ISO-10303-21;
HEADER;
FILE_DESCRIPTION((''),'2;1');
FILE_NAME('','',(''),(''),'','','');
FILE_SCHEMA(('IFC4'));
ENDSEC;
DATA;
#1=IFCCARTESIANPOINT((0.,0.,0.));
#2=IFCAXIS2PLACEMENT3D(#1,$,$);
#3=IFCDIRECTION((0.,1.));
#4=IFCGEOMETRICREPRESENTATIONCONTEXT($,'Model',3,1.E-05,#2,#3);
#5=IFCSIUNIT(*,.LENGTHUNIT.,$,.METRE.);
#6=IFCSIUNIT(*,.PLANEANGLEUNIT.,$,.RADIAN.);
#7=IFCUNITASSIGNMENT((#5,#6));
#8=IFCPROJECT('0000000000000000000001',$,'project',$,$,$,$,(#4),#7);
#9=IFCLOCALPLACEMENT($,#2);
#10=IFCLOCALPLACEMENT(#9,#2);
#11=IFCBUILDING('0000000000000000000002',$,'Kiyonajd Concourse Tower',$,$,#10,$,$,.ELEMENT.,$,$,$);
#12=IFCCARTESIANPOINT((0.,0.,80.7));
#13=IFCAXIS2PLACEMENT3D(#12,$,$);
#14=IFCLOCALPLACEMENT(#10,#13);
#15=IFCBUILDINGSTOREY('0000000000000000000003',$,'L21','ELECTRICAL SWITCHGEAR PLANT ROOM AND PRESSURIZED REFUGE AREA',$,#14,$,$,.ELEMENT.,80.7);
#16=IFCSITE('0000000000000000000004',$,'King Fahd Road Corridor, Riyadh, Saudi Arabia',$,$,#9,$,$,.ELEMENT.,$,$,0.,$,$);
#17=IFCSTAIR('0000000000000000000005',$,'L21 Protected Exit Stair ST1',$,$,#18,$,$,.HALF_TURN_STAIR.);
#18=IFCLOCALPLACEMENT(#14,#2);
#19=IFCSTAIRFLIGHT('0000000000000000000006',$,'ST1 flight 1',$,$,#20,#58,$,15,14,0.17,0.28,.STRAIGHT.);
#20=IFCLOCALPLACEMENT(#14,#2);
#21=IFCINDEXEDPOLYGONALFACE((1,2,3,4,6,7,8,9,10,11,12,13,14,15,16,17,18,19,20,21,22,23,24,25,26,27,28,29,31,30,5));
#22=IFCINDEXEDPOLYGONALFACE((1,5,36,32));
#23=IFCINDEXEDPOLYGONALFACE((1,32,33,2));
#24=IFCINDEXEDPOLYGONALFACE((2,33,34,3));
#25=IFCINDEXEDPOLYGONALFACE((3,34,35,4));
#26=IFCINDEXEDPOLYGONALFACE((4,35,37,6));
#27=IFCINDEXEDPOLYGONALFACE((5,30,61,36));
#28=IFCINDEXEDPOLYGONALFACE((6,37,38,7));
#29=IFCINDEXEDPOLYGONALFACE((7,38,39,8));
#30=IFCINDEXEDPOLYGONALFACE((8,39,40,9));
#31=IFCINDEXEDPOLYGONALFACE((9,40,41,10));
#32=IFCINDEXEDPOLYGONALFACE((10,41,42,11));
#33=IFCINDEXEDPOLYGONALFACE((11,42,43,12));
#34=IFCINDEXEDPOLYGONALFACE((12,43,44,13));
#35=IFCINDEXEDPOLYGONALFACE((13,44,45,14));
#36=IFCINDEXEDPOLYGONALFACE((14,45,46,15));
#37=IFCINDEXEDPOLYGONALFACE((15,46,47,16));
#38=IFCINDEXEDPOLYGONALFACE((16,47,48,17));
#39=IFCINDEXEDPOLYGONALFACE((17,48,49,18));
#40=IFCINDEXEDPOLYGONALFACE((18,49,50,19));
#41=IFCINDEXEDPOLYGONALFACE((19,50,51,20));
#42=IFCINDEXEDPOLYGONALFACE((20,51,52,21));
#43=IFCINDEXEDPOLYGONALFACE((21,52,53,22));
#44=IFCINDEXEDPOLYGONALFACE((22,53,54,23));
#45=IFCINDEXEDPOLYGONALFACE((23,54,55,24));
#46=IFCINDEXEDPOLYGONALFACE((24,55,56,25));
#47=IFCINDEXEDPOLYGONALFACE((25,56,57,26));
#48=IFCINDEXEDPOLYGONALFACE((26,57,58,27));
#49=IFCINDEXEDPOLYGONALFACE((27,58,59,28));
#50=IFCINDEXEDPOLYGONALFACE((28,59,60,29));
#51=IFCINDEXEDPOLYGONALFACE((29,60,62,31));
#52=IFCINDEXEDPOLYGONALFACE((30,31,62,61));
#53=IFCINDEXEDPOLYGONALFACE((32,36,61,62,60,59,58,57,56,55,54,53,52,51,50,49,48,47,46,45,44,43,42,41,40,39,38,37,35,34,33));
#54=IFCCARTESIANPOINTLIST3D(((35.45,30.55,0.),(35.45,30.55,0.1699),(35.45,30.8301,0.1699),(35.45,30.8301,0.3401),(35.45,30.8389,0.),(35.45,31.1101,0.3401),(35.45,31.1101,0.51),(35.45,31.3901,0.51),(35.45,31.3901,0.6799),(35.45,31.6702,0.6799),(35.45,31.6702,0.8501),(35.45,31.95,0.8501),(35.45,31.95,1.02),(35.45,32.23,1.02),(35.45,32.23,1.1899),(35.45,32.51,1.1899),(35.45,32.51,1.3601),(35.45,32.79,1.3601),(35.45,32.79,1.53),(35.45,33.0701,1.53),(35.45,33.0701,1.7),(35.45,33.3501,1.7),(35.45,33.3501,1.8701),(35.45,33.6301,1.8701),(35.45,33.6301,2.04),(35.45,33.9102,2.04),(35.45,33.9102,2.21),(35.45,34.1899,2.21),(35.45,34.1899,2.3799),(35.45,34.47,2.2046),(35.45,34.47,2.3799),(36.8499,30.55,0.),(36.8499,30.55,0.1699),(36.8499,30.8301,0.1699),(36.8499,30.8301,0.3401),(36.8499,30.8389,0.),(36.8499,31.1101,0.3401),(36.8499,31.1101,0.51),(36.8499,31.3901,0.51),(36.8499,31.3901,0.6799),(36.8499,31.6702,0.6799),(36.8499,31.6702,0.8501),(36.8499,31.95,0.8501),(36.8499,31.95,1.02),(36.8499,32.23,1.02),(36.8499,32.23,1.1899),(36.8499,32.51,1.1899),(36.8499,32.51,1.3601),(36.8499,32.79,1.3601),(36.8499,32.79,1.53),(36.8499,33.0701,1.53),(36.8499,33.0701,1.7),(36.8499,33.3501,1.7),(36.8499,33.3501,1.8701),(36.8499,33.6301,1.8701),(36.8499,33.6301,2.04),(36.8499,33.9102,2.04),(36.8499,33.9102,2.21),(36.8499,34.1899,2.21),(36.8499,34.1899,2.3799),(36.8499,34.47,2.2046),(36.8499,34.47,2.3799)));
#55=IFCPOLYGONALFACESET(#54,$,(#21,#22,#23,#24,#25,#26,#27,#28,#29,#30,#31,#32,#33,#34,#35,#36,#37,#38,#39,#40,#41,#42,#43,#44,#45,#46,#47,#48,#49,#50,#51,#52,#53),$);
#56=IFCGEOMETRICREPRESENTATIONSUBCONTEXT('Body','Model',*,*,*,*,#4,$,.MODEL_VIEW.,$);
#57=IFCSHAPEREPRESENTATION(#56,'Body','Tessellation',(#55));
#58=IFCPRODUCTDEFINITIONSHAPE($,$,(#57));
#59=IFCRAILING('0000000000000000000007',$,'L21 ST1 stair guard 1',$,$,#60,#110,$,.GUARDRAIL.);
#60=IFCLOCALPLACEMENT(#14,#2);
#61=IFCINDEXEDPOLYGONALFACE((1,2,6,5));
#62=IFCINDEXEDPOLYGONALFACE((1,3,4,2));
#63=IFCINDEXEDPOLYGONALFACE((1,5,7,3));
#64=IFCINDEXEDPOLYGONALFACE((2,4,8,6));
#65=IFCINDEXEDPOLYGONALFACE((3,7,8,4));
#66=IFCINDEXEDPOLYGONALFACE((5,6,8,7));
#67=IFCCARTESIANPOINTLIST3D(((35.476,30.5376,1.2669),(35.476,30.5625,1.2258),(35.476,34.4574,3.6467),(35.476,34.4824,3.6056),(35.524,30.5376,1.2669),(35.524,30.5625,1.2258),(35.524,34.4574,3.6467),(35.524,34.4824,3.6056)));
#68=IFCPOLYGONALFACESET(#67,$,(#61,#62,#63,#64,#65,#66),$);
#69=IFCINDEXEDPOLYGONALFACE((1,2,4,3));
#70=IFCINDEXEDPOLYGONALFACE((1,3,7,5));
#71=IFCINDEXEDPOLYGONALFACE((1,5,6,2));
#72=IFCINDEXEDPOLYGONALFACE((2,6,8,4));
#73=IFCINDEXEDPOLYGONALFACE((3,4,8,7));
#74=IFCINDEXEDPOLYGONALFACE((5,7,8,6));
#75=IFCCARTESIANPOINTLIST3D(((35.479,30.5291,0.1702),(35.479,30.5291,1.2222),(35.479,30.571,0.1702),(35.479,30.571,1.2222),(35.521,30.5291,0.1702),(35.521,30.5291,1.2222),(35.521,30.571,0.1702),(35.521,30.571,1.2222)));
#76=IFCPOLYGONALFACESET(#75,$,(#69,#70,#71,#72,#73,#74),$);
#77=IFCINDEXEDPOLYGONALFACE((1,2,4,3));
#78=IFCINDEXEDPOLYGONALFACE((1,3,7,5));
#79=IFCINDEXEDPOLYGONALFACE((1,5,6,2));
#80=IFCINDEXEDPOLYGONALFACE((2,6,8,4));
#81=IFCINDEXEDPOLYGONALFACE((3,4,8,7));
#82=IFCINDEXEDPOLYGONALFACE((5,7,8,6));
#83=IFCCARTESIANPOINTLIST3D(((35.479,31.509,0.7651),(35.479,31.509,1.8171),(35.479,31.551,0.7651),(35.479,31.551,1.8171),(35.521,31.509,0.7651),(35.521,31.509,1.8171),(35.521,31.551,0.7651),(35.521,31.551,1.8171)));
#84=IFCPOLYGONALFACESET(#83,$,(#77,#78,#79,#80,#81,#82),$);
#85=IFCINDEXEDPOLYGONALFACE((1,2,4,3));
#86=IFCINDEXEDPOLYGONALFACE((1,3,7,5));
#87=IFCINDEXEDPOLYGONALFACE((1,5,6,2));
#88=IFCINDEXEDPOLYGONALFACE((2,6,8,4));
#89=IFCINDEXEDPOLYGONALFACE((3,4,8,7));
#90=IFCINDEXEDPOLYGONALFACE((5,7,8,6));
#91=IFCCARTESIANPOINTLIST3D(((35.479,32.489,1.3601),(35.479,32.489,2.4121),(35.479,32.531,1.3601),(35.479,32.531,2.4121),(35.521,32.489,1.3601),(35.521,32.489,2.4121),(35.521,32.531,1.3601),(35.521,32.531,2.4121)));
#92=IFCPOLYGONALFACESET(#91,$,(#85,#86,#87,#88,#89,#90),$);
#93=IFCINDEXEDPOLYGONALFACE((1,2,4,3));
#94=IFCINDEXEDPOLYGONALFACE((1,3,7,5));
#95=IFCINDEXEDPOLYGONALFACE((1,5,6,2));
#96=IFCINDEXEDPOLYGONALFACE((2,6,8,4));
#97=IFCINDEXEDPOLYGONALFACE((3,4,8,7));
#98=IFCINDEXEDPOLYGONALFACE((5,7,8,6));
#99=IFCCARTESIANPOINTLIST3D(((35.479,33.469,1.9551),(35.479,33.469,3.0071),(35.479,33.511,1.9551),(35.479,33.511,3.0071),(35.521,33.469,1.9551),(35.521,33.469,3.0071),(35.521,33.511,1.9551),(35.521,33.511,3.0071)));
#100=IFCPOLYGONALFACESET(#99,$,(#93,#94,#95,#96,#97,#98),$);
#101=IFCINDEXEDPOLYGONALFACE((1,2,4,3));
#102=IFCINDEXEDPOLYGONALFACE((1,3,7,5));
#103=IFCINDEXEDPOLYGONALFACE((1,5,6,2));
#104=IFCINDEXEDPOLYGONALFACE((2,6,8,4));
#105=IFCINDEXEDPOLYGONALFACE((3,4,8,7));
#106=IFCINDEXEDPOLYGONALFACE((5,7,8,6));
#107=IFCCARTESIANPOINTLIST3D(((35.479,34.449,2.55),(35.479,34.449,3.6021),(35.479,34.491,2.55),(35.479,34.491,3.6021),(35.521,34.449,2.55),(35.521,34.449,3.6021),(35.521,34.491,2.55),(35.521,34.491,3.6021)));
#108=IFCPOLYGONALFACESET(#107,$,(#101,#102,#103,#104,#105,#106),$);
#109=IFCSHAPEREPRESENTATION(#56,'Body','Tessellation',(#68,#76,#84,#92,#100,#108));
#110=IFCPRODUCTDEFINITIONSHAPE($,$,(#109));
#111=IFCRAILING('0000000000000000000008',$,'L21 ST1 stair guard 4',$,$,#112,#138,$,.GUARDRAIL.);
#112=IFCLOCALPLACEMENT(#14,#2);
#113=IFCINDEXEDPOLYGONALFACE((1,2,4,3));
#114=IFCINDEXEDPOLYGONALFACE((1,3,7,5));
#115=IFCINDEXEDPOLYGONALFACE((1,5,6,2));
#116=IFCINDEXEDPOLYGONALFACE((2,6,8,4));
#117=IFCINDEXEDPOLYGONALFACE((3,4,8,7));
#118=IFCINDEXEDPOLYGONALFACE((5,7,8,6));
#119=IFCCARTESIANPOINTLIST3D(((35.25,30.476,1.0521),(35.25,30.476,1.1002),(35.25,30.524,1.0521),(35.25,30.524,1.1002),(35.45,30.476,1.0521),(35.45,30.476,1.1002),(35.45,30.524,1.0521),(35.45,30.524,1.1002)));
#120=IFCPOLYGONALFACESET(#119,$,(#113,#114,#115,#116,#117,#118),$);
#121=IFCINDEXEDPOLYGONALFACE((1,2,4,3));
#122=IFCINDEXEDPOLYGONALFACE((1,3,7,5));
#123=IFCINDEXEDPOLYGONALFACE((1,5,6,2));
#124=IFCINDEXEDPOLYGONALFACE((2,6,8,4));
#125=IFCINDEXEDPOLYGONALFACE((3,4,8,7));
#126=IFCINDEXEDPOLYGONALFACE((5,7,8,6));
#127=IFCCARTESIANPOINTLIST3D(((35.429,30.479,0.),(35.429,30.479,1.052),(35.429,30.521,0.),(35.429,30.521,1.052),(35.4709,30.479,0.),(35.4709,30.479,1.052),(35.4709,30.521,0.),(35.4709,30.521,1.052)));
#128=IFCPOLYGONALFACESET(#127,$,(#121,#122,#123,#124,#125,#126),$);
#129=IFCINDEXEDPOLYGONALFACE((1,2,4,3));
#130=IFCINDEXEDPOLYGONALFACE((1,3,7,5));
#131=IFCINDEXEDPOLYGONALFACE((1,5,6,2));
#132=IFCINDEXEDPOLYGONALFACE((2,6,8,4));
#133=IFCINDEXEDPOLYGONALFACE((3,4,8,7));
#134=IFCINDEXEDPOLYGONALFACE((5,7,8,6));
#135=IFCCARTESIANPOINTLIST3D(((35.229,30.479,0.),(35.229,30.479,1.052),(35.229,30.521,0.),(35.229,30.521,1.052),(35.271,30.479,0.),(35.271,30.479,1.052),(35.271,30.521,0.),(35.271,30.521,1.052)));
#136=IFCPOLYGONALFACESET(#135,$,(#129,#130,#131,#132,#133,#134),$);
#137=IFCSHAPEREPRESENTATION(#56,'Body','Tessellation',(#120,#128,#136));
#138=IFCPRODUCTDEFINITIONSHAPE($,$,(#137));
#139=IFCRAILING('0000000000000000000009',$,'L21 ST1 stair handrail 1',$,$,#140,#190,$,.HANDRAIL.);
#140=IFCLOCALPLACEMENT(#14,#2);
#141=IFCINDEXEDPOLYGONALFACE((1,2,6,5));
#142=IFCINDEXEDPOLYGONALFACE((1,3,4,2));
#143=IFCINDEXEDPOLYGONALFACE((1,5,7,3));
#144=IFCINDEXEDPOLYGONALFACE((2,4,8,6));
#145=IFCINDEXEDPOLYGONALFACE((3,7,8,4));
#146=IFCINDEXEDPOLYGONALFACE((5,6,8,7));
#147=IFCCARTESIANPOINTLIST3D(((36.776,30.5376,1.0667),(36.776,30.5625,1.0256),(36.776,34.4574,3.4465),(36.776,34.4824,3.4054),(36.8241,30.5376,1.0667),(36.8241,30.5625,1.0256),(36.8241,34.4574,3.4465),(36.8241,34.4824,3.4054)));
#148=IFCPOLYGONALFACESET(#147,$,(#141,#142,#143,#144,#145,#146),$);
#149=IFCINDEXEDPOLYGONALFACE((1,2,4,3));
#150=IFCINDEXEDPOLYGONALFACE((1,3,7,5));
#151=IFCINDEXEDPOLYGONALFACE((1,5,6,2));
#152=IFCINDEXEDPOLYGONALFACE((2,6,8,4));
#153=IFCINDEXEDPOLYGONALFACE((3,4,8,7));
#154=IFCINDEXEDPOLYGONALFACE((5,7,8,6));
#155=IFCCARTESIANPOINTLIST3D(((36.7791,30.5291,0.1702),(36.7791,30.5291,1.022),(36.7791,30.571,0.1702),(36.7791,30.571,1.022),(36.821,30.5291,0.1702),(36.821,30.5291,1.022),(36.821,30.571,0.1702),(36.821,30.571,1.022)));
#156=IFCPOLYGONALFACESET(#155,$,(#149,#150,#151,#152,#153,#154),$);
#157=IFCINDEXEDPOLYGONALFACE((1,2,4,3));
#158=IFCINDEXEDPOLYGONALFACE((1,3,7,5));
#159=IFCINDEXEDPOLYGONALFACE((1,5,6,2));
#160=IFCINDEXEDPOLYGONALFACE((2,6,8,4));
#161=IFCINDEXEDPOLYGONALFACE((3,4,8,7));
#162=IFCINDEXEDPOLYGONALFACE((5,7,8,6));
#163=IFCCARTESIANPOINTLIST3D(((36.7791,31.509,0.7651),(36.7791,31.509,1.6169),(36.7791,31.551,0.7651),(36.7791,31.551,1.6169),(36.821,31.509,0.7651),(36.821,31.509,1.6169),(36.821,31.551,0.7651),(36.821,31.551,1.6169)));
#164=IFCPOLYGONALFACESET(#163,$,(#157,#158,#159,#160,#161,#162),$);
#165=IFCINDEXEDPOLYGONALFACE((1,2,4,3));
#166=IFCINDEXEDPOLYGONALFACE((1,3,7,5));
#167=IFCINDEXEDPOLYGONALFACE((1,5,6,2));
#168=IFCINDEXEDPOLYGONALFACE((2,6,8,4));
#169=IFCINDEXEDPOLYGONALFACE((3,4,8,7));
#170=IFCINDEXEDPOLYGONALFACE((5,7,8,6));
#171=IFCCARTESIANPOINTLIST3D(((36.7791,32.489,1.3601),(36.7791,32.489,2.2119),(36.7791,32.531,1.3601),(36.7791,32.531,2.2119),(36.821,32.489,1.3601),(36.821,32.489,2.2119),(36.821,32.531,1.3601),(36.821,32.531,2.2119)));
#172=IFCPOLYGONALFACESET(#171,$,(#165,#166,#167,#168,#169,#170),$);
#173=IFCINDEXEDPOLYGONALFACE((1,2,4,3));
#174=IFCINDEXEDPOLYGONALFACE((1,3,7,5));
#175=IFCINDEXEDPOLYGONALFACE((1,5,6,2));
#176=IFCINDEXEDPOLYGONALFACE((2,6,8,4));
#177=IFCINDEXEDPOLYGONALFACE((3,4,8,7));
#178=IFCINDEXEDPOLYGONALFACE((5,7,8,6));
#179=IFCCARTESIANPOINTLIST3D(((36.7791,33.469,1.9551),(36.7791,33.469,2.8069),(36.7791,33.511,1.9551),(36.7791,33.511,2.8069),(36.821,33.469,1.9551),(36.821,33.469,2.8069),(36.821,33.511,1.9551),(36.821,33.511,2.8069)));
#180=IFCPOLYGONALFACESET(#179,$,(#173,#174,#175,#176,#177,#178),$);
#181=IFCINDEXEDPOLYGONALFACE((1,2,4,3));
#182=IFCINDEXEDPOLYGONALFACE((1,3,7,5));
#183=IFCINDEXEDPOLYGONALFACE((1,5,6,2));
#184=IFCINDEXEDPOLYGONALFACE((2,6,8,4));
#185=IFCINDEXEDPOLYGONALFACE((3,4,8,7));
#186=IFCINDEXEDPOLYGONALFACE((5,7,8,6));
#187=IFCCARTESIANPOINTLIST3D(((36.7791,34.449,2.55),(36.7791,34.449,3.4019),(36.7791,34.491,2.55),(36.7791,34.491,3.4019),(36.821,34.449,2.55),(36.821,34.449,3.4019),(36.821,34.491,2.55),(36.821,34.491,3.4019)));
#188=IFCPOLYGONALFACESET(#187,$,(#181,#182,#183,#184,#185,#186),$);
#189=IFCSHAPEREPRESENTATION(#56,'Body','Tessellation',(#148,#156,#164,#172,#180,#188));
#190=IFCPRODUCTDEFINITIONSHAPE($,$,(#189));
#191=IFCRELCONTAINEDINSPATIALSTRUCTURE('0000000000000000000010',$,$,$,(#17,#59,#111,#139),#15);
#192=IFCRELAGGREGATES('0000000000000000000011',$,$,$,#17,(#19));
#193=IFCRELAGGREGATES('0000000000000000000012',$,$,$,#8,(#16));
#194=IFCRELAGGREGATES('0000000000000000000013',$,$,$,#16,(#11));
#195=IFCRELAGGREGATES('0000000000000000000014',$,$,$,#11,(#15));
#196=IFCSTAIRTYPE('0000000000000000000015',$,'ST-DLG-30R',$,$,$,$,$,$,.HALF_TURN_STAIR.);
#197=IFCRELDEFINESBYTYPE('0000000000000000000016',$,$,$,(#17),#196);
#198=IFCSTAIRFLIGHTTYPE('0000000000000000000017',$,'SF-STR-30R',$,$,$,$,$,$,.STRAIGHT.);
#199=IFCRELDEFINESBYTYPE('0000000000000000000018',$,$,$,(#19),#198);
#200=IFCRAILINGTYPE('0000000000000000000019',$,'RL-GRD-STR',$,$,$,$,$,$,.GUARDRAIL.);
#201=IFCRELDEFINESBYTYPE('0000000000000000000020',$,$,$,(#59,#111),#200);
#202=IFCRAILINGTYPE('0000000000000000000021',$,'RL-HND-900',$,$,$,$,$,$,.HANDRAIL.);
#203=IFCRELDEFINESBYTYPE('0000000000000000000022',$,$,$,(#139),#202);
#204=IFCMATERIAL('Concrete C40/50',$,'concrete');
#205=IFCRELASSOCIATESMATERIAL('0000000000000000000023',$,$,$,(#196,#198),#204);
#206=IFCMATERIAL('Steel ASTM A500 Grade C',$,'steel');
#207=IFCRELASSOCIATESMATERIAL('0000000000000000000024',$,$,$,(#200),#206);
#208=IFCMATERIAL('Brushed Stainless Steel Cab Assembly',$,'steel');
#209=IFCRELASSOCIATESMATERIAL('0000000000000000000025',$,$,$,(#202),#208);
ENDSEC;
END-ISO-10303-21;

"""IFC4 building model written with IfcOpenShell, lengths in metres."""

from ifc_helpers import new_model, si_unit, direction, frame, origin, origin_2d, place, context, subcontext, project, spatial, polyline, rectangle, outline, extrude, material, type_object, element, aggregate, save


model = new_model("IFC4")

# Units and contexts
model_context = context("Model", 3, precision=1e-05, world=origin(), true_north=direction((0.0, 1.0)))
body_context = subcontext(model_context, "Body", "Model", "MODEL_VIEW")
ifc_project = project(units=[si_unit("LENGTHUNIT", "METRE"), si_unit("PLANEANGLEUNIT", "RADIAN")], contexts=[model_context])

# Site, building, storey
site_placement = place(None, origin())
site = spatial("IfcSite", under=ifc_project, at=site_placement, Name="King Fahd Road Corridor, Riyadh, Saudi Arabia", CompositionType="ELEMENT", RefElevation=0.0)
building_placement = place(site_placement, origin())
building = spatial("IfcBuilding", under=site, at=building_placement, Name="Kiyonajd Concourse Tower", CompositionType="ELEMENT")
storey_placement = place(building_placement, frame((0.0, 0.0, 80.7)))
storey = spatial("IfcBuildingStorey", under=building, at=storey_placement, Name="L21", Description="ELECTRICAL SWITCHGEAR PLANT ROOM AND PRESSURIZED REFUGE AREA", CompositionType="ELEMENT", Elevation=80.7)

# Shared definitions
ifc_material_1 = material(Name="Brushed Stainless Steel Cab Assembly", Category="steel")

# Stair, stair flight
ifc_material_2 = material(Name="Concrete C40/50", Category="concrete")
stair_type = type_object("IfcStairType", Name="ST-DLG-30R", PredefinedType="HALF_TURN_STAIR", material=ifc_material_2)
stair_placement = place(storey_placement, origin())
stair = element("IfcStair", 1, at=stair_placement, inside=storey, type_object=stair_type, Name="L21 Protected Exit Stair ST1", PredefinedType="HALF_TURN_STAIR")
stair_flight_type = type_object("IfcStairFlightType", Name="SF-STR-30R", PredefinedType="STRAIGHT", material=ifc_material_2)
stair_flight_placement = place(storey_placement, frame((36.1499, 30.55, 0.0), z_axis=(0.0, 0.0, 1.0), x_axis=(0.0, 1.0, 0.0)))
stair_flight = element("IfcStairFlight", 2, at=stair_flight_placement, type_object=stair_flight_type, Name="ST1 flight 1", NumberOfRisers=15, NumberOfTreads=14, PredefinedType="STRAIGHT", RiserHeight=0.17, TreadLength=0.28, context=body_context, shape_type="SweptSolid", body=[
    extrude(outline(polyline([(0.0, 0.0), (0.0, 0.1699), (0.28, 0.1699), (0.28, 0.3401), (0.5601, 0.3401), (0.5601, 0.51), (0.8401, 0.51), (0.8401, 0.6799), (1.1201, 0.6799), (1.1201, 0.8501), (1.3999, 0.8501), (1.3999, 1.02), (1.6799, 1.02), (1.6799, 1.1899), (1.96, 1.1899), (1.96, 1.3601), (2.24, 1.3601), (2.24, 1.53), (2.52, 1.53), (2.52, 1.7), (2.8, 1.7), (2.8, 1.8701), (3.0801, 1.8701), (3.0801, 2.04), (3.3601, 2.04), (3.3601, 2.21), (3.6399, 2.21), (3.6399, 2.3799), (3.9199, 2.3799), (3.9199, 2.55), (3.9199, 2.2046), (0.2888, 0.0), (0.0, 0.0)])), frame((0.0, 0.7, 0.0), z_axis=(0.0, -1.0, 0.0), x_axis=(1.0, 0.0, 0.0)), (0.0, 0.0, 1.0), 1.3999),
])
aggregate(stair, [stair_flight])

# Railings
ifc_material_3 = material(Name="Steel ASTM A500 Grade C", Category="steel")
railing_type_1 = type_object("IfcRailingType", Name="RL-GRD-STR", PredefinedType="GUARDRAIL", material=ifc_material_3)
railing_1_placement = place(storey_placement, frame((35.5, 30.55, 0.1702)))
element("IfcRailing", 3, at=railing_1_placement, inside=storey, type_object=railing_type_1, Name="L21 ST1 stair guard 1", PredefinedType="GUARDRAIL", context=body_context, shape_type="SweptSolid", body=[
    extrude(rectangle(XDim=0.0481, YDim=0.0481, at=origin_2d()), frame((0.0, 0.0, 1.0762), z_axis=(0.0, 0.854794, 0.518967), x_axis=(-1.0, 0.0, 0.0)), (0.0, 0.0, 1.0), 4.5857),
    extrude(rectangle(XDim=0.042, YDim=0.042, at=origin_2d()), origin(), (0.0, 0.0, 1.0), 1.052),
    extrude(rectangle(XDim=0.042, YDim=0.042, at=origin_2d()), frame((0.0, 0.98, 0.595)), (0.0, 0.0, 1.0), 1.052),
    extrude(rectangle(XDim=0.042, YDim=0.042, at=origin_2d()), frame((0.0, 1.96, 1.1899)), (0.0, 0.0, 1.0), 1.052),
    extrude(rectangle(XDim=0.042, YDim=0.042, at=origin_2d()), frame((0.0, 2.9399, 1.7849)), (0.0, 0.0, 1.0), 1.052),
    extrude(rectangle(XDim=0.042, YDim=0.042, at=origin_2d()), frame((0.0, 3.9199, 2.3799)), (0.0, 0.0, 1.0), 1.052),
])
railing_2_placement = place(storey_placement, frame((35.45, 30.5, 0.0)))
element("IfcRailing", 4, at=railing_2_placement, inside=storey, type_object=railing_type_1, Name="L21 ST1 stair guard 4", PredefinedType="GUARDRAIL", context=body_context, shape_type="SweptSolid", body=[
    extrude(rectangle(XDim=0.0481, YDim=0.0481, at=origin_2d()), frame((0.0, 0.0, 1.0762), z_axis=(-1.0, 0.0, 0.0), x_axis=(0.0, -1.0, 0.0)), (0.0, 0.0, 1.0), 0.2),
    extrude(rectangle(XDim=0.042, YDim=0.042, at=origin_2d()), origin(), (0.0, 0.0, 1.0), 1.052),
    extrude(rectangle(XDim=0.042, YDim=0.042, at=origin_2d()), frame((-0.2, 0.0, 0.0)), (0.0, 0.0, 1.0), 1.052),
])
railing_type_2 = type_object("IfcRailingType", Name="RL-HND-900", PredefinedType="HANDRAIL", material=ifc_material_1)
railing_3_placement = place(storey_placement, frame((36.8, 30.55, 0.1702)))
element("IfcRailing", 5, at=railing_3_placement, inside=storey, type_object=railing_type_2, Name="L21 ST1 stair handrail 1", PredefinedType="HANDRAIL", context=body_context, shape_type="SweptSolid", body=[
    extrude(rectangle(XDim=0.0481, YDim=0.0481, at=origin_2d()), frame((0.0, 0.0, 0.876), z_axis=(0.0, 0.854794, 0.518967), x_axis=(-1.0, 0.0, 0.0)), (0.0, 0.0, 1.0), 4.5857),
    extrude(rectangle(XDim=0.042, YDim=0.042, at=origin_2d()), origin(), (0.0, 0.0, 1.0), 0.8518),
    extrude(rectangle(XDim=0.042, YDim=0.042, at=origin_2d()), frame((0.0, 0.98, 0.595)), (0.0, 0.0, 1.0), 0.8518),
    extrude(rectangle(XDim=0.042, YDim=0.042, at=origin_2d()), frame((0.0, 1.96, 1.1899)), (0.0, 0.0, 1.0), 0.8518),
    extrude(rectangle(XDim=0.042, YDim=0.042, at=origin_2d()), frame((0.0, 2.9399, 1.7849)), (0.0, 0.0, 1.0), 0.8518),
    extrude(rectangle(XDim=0.042, YDim=0.042, at=origin_2d()), frame((0.0, 3.9199, 2.3799)), (0.0, 0.0, 1.0), 0.8518),
])

save(model, "model.ifc")
